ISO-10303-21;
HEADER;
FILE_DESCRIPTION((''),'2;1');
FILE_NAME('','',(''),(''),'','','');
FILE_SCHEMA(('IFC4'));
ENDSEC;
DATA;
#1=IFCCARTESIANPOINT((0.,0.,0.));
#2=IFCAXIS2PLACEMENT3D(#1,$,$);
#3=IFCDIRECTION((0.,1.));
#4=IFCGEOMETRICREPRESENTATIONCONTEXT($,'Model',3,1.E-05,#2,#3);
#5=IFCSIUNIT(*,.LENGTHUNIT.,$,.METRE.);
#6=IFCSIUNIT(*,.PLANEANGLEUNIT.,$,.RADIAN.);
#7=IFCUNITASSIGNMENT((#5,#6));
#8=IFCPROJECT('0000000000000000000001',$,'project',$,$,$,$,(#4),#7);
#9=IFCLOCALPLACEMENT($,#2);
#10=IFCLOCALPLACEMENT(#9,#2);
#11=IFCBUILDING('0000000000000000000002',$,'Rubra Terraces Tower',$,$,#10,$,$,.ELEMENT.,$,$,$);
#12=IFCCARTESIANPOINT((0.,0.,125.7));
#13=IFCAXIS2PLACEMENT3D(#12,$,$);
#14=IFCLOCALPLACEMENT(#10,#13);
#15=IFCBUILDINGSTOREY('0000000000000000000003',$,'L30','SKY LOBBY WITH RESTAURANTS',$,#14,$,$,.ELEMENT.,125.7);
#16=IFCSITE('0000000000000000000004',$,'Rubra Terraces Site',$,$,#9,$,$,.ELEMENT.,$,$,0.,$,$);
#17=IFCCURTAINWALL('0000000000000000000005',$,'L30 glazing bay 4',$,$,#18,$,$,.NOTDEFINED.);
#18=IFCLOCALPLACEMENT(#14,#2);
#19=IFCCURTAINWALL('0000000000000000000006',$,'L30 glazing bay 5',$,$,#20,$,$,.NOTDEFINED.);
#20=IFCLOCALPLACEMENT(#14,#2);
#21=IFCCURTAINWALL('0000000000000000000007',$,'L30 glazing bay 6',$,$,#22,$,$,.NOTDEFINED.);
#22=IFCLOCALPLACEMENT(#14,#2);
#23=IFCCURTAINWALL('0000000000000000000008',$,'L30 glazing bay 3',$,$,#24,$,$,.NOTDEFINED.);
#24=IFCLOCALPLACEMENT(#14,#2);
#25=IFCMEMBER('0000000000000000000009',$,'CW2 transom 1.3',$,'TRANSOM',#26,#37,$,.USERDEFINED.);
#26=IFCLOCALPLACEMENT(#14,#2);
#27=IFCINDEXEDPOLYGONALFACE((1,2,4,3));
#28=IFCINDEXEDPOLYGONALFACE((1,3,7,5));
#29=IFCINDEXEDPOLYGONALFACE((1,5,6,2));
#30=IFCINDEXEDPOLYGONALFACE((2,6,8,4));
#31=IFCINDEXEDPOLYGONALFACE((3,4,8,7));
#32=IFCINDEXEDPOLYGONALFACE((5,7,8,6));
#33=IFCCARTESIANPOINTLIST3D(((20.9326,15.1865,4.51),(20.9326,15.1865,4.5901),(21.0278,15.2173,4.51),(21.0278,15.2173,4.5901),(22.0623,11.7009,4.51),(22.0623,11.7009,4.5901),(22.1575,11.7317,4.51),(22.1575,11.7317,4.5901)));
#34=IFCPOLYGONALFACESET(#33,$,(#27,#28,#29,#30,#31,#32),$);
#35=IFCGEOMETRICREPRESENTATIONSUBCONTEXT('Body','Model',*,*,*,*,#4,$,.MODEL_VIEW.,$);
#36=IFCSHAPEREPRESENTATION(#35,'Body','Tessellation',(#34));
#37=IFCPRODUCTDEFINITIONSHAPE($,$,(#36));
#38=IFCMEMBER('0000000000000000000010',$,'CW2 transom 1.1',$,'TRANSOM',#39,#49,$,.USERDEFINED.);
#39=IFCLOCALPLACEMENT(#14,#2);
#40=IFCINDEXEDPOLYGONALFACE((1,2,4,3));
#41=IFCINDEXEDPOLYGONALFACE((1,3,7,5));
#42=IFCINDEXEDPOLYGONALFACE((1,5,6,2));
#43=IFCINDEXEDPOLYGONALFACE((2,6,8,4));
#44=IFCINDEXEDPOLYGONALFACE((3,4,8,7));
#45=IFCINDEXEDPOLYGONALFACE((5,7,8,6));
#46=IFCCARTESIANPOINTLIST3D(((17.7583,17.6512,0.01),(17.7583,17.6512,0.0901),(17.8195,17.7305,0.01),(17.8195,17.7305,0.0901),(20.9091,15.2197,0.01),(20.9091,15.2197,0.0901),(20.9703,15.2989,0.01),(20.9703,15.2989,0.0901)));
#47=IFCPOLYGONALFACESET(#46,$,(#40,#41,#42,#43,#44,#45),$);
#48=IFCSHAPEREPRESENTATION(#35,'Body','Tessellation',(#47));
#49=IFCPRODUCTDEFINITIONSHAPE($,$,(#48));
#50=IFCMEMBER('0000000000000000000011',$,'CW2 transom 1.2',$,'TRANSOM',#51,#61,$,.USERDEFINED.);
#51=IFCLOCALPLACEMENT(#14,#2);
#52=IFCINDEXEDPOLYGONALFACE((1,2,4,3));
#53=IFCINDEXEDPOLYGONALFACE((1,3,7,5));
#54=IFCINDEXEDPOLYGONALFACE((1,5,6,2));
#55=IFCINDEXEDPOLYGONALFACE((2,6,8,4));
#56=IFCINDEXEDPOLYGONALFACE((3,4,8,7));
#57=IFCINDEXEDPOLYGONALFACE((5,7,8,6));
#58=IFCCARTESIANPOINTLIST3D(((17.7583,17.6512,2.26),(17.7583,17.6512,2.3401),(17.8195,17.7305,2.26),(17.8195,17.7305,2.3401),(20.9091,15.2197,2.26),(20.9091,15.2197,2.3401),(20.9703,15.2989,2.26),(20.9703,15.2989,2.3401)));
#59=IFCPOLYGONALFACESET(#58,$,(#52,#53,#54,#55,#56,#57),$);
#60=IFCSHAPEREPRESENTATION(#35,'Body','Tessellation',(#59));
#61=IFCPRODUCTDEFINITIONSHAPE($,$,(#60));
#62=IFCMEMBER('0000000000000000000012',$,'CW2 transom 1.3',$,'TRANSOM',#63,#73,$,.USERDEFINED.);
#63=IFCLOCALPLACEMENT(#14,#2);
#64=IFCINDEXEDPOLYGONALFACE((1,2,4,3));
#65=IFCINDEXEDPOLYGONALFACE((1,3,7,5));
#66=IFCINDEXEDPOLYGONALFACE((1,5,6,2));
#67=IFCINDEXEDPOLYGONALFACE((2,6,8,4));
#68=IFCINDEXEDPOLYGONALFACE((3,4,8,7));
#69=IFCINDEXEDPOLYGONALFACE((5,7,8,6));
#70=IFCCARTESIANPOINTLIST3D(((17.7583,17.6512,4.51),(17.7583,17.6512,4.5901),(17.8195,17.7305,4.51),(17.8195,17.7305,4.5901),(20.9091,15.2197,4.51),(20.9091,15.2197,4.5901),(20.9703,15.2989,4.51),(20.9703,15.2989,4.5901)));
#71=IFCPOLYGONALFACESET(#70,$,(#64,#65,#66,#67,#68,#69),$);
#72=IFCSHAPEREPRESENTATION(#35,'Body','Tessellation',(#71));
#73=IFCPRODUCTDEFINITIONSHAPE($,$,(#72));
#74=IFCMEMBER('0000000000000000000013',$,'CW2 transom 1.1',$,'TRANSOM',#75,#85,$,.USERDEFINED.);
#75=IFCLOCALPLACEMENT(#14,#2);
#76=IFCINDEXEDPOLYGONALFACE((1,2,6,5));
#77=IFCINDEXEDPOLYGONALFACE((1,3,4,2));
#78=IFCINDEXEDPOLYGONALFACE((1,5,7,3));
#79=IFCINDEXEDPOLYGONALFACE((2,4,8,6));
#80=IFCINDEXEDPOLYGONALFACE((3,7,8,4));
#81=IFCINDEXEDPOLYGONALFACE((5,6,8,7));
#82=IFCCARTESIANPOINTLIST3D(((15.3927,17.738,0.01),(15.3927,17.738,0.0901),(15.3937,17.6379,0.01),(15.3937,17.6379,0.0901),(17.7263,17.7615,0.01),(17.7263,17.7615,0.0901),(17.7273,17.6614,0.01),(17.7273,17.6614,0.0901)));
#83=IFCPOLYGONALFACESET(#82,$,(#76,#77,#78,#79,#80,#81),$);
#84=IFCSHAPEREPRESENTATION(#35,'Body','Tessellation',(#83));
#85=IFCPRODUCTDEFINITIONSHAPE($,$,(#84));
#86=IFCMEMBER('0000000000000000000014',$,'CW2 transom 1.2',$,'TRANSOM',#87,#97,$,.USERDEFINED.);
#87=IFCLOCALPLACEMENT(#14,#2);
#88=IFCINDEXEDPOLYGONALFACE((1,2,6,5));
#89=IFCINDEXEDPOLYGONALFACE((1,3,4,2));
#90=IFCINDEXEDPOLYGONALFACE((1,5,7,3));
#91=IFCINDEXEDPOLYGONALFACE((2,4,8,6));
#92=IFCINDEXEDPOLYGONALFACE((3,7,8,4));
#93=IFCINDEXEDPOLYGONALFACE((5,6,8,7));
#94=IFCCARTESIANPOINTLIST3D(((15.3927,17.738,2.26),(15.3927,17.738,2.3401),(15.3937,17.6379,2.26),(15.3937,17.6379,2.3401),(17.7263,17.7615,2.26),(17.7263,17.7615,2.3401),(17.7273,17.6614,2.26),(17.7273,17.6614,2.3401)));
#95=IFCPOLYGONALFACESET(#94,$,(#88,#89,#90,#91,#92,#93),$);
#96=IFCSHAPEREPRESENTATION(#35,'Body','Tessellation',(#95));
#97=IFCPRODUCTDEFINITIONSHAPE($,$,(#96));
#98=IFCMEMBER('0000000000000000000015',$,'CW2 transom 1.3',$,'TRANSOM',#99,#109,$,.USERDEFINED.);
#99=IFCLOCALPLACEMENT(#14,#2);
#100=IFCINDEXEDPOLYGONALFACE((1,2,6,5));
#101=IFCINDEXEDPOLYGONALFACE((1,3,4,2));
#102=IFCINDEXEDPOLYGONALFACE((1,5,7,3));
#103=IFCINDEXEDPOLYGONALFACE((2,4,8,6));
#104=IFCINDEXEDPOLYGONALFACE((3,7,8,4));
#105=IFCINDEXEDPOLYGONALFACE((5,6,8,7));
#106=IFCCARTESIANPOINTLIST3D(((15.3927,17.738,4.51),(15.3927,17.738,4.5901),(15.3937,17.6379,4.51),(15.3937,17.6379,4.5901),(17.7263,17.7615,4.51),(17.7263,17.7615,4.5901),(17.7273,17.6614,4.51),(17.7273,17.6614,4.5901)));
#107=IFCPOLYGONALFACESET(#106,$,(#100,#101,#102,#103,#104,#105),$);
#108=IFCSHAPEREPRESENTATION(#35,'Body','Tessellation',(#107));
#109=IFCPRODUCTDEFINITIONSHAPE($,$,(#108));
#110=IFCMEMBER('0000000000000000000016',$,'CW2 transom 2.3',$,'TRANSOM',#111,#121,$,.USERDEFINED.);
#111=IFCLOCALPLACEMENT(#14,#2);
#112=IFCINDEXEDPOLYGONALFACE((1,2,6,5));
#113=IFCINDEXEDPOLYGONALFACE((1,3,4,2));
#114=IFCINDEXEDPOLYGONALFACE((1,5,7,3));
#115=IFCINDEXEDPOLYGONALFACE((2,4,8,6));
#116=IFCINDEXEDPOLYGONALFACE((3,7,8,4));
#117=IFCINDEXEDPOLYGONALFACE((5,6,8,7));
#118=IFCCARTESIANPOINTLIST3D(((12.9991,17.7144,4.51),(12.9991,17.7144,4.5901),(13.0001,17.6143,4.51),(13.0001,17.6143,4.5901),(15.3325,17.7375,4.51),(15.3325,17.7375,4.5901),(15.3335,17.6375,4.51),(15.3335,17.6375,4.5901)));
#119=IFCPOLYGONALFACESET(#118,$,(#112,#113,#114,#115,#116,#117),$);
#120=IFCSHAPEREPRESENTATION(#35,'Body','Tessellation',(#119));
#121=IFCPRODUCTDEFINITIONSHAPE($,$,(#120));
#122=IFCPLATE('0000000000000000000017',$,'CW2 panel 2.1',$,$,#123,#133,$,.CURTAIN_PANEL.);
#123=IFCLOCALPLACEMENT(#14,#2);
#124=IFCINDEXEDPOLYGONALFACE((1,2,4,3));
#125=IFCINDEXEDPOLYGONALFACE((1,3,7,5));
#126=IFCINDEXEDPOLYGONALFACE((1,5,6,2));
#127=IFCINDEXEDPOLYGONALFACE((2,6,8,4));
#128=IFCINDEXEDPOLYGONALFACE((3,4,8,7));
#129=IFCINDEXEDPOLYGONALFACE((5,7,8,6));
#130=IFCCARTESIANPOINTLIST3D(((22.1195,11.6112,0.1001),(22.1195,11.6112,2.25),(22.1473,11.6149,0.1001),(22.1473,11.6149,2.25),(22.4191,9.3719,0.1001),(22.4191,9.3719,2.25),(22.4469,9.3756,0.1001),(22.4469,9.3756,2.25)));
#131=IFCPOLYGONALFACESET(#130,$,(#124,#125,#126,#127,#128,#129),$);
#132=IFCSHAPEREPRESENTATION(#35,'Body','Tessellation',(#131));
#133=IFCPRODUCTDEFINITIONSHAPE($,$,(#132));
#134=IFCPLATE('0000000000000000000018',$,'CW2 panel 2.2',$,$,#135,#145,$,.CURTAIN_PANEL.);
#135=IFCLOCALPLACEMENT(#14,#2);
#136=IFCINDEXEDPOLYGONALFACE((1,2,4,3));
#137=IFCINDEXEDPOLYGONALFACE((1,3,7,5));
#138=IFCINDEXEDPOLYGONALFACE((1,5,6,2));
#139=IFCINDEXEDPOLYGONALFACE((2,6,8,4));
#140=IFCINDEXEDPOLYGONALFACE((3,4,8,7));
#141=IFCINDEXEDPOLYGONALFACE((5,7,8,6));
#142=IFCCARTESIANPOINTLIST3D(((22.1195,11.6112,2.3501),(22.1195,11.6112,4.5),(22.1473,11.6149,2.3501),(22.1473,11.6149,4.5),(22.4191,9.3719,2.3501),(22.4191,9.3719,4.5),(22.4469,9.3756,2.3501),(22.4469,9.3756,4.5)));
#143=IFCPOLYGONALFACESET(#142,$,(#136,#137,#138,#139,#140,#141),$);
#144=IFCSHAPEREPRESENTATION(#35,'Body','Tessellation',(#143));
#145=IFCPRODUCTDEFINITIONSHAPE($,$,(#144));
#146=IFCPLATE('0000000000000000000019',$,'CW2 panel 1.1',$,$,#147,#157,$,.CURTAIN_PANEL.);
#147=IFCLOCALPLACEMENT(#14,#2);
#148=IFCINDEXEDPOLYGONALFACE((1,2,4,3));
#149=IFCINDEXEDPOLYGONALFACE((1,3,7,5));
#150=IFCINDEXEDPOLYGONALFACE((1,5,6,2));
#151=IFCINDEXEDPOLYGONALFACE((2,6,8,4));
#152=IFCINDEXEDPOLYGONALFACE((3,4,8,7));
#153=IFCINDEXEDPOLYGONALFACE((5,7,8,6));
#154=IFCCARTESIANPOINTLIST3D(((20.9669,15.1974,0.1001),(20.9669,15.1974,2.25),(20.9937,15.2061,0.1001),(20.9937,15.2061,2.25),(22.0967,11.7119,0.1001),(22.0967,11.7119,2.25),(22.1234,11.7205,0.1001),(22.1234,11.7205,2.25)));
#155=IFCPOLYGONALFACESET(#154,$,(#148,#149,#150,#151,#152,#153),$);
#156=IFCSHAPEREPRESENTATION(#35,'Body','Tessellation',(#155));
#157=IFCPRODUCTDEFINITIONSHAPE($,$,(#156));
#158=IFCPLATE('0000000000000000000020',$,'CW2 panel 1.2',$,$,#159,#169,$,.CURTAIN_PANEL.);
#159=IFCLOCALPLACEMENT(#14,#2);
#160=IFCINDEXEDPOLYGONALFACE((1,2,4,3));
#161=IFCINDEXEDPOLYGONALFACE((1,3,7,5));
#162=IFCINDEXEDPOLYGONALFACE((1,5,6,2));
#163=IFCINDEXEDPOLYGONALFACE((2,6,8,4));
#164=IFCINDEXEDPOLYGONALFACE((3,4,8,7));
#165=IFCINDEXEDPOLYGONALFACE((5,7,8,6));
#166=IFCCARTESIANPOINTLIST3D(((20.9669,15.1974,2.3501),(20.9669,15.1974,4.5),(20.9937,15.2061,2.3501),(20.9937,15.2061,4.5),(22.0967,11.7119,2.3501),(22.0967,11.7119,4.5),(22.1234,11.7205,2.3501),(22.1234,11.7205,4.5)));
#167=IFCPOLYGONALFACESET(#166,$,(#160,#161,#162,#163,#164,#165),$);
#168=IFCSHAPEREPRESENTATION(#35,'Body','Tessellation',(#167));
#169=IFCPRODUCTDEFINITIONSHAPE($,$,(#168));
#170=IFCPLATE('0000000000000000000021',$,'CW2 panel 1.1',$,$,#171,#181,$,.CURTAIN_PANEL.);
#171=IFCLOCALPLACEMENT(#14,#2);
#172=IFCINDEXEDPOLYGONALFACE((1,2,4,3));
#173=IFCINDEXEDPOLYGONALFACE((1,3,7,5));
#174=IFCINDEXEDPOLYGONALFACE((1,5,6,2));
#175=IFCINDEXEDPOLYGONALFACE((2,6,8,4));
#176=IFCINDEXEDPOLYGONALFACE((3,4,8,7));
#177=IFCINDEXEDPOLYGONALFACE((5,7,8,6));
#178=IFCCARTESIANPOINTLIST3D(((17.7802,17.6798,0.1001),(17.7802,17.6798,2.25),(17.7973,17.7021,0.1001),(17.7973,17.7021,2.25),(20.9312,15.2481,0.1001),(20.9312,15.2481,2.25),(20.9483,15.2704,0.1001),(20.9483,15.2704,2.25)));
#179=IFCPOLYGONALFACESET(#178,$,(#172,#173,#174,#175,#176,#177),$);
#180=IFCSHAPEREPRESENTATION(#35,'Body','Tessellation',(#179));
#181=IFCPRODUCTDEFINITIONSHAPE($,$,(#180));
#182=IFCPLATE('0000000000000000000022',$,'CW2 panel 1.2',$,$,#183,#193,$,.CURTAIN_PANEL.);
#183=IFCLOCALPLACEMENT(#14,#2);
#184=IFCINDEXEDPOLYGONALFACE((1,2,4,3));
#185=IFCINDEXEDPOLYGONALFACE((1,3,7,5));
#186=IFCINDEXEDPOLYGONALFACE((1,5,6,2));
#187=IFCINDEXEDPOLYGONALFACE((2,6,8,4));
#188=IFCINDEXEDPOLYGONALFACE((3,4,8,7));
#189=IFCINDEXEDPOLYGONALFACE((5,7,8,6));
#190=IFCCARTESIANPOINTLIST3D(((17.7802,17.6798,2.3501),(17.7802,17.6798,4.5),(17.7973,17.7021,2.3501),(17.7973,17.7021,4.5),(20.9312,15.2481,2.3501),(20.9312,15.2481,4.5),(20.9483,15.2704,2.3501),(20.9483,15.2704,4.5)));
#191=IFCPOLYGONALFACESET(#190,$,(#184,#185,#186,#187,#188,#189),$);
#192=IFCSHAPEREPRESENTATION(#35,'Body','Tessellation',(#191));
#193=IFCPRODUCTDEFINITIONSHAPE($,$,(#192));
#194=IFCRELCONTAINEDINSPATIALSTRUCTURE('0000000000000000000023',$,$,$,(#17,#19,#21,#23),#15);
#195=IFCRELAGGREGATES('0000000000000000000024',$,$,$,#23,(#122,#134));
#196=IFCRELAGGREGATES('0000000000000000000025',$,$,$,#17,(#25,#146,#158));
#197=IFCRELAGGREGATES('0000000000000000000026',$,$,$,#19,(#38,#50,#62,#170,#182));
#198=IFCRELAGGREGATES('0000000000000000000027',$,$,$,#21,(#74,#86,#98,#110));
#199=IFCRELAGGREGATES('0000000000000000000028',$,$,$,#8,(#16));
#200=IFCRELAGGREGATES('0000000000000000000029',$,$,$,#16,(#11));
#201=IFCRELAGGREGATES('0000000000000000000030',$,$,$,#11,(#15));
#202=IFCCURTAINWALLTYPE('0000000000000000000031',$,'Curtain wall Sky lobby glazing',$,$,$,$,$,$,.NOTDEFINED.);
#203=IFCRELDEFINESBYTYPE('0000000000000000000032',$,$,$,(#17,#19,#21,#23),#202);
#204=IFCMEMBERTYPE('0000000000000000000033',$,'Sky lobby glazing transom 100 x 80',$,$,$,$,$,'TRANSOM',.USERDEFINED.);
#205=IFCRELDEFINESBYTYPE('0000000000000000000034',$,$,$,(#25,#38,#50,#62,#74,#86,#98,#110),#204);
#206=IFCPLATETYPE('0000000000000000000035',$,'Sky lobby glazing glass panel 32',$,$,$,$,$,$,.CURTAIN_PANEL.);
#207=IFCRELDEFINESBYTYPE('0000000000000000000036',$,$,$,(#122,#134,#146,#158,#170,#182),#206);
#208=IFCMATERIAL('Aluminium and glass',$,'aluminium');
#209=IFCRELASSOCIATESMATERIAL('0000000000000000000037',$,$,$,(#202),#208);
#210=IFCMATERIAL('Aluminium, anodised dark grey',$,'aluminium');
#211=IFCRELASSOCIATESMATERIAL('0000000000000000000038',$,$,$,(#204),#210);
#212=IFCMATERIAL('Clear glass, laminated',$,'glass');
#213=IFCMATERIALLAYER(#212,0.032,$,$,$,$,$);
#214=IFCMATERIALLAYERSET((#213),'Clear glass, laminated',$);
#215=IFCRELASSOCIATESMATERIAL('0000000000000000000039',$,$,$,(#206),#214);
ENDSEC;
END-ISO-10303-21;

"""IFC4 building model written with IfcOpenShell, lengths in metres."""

from ifc_helpers import new_model, si_unit, direction, frame, origin, origin_2d, place, context, subcontext, project, spatial, rectangle, extrude, material, layer, layer_set, material_profile, profile_set, type_object, element, aggregate, save


model = new_model("IFC4")

# Units and contexts
model_context = context("Model", 3, precision=1e-05, world=origin(), true_north=direction((0.0, 1.0)))
body_context = subcontext(model_context, "Body", "Model", "MODEL_VIEW")
ifc_project = project(units=[si_unit("LENGTHUNIT", "METRE"), si_unit("PLANEANGLEUNIT", "RADIAN")], contexts=[model_context])

# Site, building, storey
site_placement = place(None, origin())
site = spatial("IfcSite", under=ifc_project, at=site_placement, Name="Rubra Terraces Site", CompositionType="ELEMENT", RefElevation=0.0)
building_placement = place(site_placement, origin())
building = spatial("IfcBuilding", under=site, at=building_placement, Name="Rubra Terraces Tower", CompositionType="ELEMENT")
storey_placement = place(building_placement, frame((0.0, 0.0, 125.7)))
storey = spatial("IfcBuildingStorey", under=building, at=storey_placement, Name="L30", Description="SKY LOBBY WITH RESTAURANTS", CompositionType="ELEMENT", Elevation=125.7)

# Curtain walls
ifc_material_1 = material(Name="Aluminium and glass", Category="aluminium")
curtain_wall_type = type_object("IfcCurtainWallType", Name="Curtain wall Sky lobby glazing", PredefinedType="NOTDEFINED", material=ifc_material_1)
curtain_wall_1_placement = place(storey_placement, origin())
curtain_wall_1 = element("IfcCurtainWall", 1, at=curtain_wall_1_placement, inside=storey, type_object=curtain_wall_type, Name="L30 glazing bay 4", PredefinedType="NOTDEFINED")
ifc_material_2 = material(Name="Aluminium, anodised dark grey", Category="aluminium")
curtain_wall_2_placement = place(storey_placement, origin())
curtain_wall_2 = element("IfcCurtainWall", 2, at=curtain_wall_2_placement, inside=storey, type_object=curtain_wall_type, Name="L30 glazing bay 5", PredefinedType="NOTDEFINED")

# Curtain wall
curtain_wall_3_placement = place(storey_placement, origin())
curtain_wall_3 = element("IfcCurtainWall", 3, at=curtain_wall_3_placement, inside=storey, type_object=curtain_wall_type, Name="L30 glazing bay 6", PredefinedType="NOTDEFINED")

# Curtain wall
curtain_wall_4_placement = place(storey_placement, origin())
curtain_wall_4 = element("IfcCurtainWall", 4, at=curtain_wall_4_placement, inside=storey, type_object=curtain_wall_type, Name="L30 glazing bay 3", PredefinedType="NOTDEFINED")
ifc_material_profile_1 = material_profile(ifc_material_2, rectangle(XDim=0.1001, YDim=0.0801, at=origin_2d()), Name="AL 100x80")
ifc_profile_set_1 = profile_set([ifc_material_profile_1], Name="Aluminium, anodised dark grey")
member_type_1 = type_object("IfcMemberType", Name="Sky lobby glazing transom 100 x 80", ElementType="TRANSOM", PredefinedType="USERDEFINED", material=ifc_profile_set_1)

# Members
member_1_placement = place(storey_placement, frame((22.1099, 11.7163, 4.55), z_axis=(-0.308301, 0.951289, 0.0), x_axis=(-0.951289, -0.308301, 0.0)))
member_1 = element("IfcMember", 5, at=member_1_placement, type_object=member_type_1, Name="CW2 transom 1.3", ObjectType="TRANSOM", PredefinedType="USERDEFINED", context=body_context, shape_type="SweptSolid", body=[
    extrude(rectangle(XDim=0.1001, YDim=0.0801, at=origin_2d()), origin(), (0.0, 0.0, 1.0), 3.6641),
])
member_2_placement = place(storey_placement, frame((20.9397, 15.2593, 0.05), z_axis=(-0.791665, 0.610955, 0.0), x_axis=(-0.610955, -0.791665, 0.0)))
member_2 = element("IfcMember", 6, at=member_2_placement, type_object=member_type_1, Name="CW2 transom 1.1", ObjectType="TRANSOM", PredefinedType="USERDEFINED", context=body_context, shape_type="SweptSolid", body=[
    extrude(rectangle(XDim=0.1001, YDim=0.0801, at=origin_2d()), origin(), (0.0, 0.0, 1.0), 3.98),
])
member_3_placement = place(storey_placement, frame((20.9397, 15.2593, 2.3), z_axis=(-0.791665, 0.610955, 0.0), x_axis=(-0.610955, -0.791665, 0.0)))
member_3 = element("IfcMember", 7, at=member_3_placement, type_object=member_type_1, Name="CW2 transom 1.2", ObjectType="TRANSOM", PredefinedType="USERDEFINED", context=body_context, shape_type="SweptSolid", body=[
    extrude(rectangle(XDim=0.1001, YDim=0.0801, at=origin_2d()), origin(), (0.0, 0.0, 1.0), 3.98),
])
member_4_placement = place(storey_placement, frame((20.9397, 15.2593, 4.55), z_axis=(-0.791665, 0.610955, 0.0), x_axis=(-0.610955, -0.791665, 0.0)))
member_4 = element("IfcMember", 8, at=member_4_placement, type_object=member_type_1, Name="CW2 transom 1.3", ObjectType="TRANSOM", PredefinedType="USERDEFINED", context=body_context, shape_type="SweptSolid", body=[
    extrude(rectangle(XDim=0.1001, YDim=0.0801, at=origin_2d()), origin(), (0.0, 0.0, 1.0), 3.98),
])
member_5_placement = place(storey_placement, frame((17.7268, 17.7114, 0.05), z_axis=(-0.99995, -0.010042, 0.0), x_axis=(0.010042, -0.99995, 0.0)))
member_5 = element("IfcMember", 9, at=member_5_placement, type_object=member_type_1, Name="CW2 transom 1.1", ObjectType="TRANSOM", PredefinedType="USERDEFINED", context=body_context, shape_type="SweptSolid", body=[
    extrude(rectangle(XDim=0.1001, YDim=0.0801, at=origin_2d()), origin(), (0.0, 0.0, 1.0), 2.3337),
])
member_6_placement = place(storey_placement, frame((17.7268, 17.7114, 2.3), z_axis=(-0.99995, -0.010042, 0.0), x_axis=(0.010042, -0.99995, 0.0)))
member_6 = element("IfcMember", 10, at=member_6_placement, type_object=member_type_1, Name="CW2 transom 1.2", ObjectType="TRANSOM", PredefinedType="USERDEFINED", context=body_context, shape_type="SweptSolid", body=[
    extrude(rectangle(XDim=0.1001, YDim=0.0801, at=origin_2d()), origin(), (0.0, 0.0, 1.0), 2.3337),
])
member_7_placement = place(storey_placement, frame((17.7268, 17.7114, 4.55), z_axis=(-0.99995, -0.010042, 0.0), x_axis=(0.010042, -0.99995, 0.0)))
member_7 = element("IfcMember", 11, at=member_7_placement, type_object=member_type_1, Name="CW2 transom 1.3", ObjectType="TRANSOM", PredefinedType="USERDEFINED", context=body_context, shape_type="SweptSolid", body=[
    extrude(rectangle(XDim=0.1001, YDim=0.0801, at=origin_2d()), origin(), (0.0, 0.0, 1.0), 2.3337),
])
member_8_placement = place(storey_placement, frame((15.333, 17.6875, 4.55), z_axis=(-0.999951, -0.009939, 0.0), x_axis=(0.009939, -0.999951, 0.0)))
member_8 = element("IfcMember", 12, at=member_8_placement, type_object=member_type_1, Name="CW2 transom 2.3", ObjectType="TRANSOM", PredefinedType="USERDEFINED", context=body_context, shape_type="SweptSolid", body=[
    extrude(rectangle(XDim=0.1001, YDim=0.0801, at=origin_2d()), origin(), (0.0, 0.0, 1.0), 2.3335),
])

# Plates
ifc_material_3 = material(Name="Clear glass, laminated", Category="glass")
ifc_layer_1 = layer(ifc_material_3, 0.032)
ifc_layer_set_1 = layer_set([ifc_layer_1], Name="Clear glass, laminated")
plate_type = type_object("IfcPlateType", Name="Sky lobby glazing glass panel 32", PredefinedType="CURTAIN_PANEL", material=ifc_layer_set_1)
plate_1_placement = place(storey_placement, frame((22.2832, 10.4934, 0.1001), z_axis=(0.0, 0.0, 1.0), x_axis=(-0.132608, 0.991169, 0.0)))
plate_1 = element("IfcPlate", 13, at=plate_1_placement, type_object=plate_type, Name="CW2 panel 2.1", PredefinedType="CURTAIN_PANEL", context=body_context, shape_type="SweptSolid", body=[
    extrude(rectangle(XDim=2.2593, YDim=0.0281, at=origin_2d()), origin(), (0.0, 0.0, 1.0), 2.1499),
])
plate_2_placement = place(storey_placement, frame((22.2832, 10.4934, 2.3501), z_axis=(0.0, 0.0, 1.0), x_axis=(-0.132608, 0.991169, 0.0)))
plate_2 = element("IfcPlate", 14, at=plate_2_placement, type_object=plate_type, Name="CW2 panel 2.2", PredefinedType="CURTAIN_PANEL", context=body_context, shape_type="SweptSolid", body=[
    extrude(rectangle(XDim=2.2593, YDim=0.0281, at=origin_2d()), origin(), (0.0, 0.0, 1.0), 2.1499),
])
aggregate(curtain_wall_4, [plate_1, plate_2])
plate_3_placement = place(storey_placement, frame((21.5452, 13.459, 0.1001), z_axis=(0.0, 0.0, 1.0), x_axis=(-0.308328, 0.95128, 0.0)))
plate_3 = element("IfcPlate", 15, at=plate_3_placement, type_object=plate_type, Name="CW2 panel 1.1", PredefinedType="CURTAIN_PANEL", context=body_context, shape_type="SweptSolid", body=[
    extrude(rectangle(XDim=3.6641, YDim=0.0281, at=origin_2d()), origin(), (0.0, 0.0, 1.0), 2.1499),
])
plate_4_placement = place(storey_placement, frame((21.5452, 13.459, 2.3501), z_axis=(0.0, 0.0, 1.0), x_axis=(-0.308328, 0.95128, 0.0)))
plate_4 = element("IfcPlate", 16, at=plate_4_placement, type_object=plate_type, Name="CW2 panel 1.2", PredefinedType="CURTAIN_PANEL", context=body_context, shape_type="SweptSolid", body=[
    extrude(rectangle(XDim=3.6641, YDim=0.0281, at=origin_2d()), origin(), (0.0, 0.0, 1.0), 2.1499),
])
aggregate(curtain_wall_1, [member_1, plate_3, plate_4])
plate_5_placement = place(storey_placement, frame((19.3643, 16.4751, 0.1001), z_axis=(0.0, 0.0, 1.0), x_axis=(-0.791671, 0.610948, 0.0)))
plate_5 = element("IfcPlate", 17, at=plate_5_placement, type_object=plate_type, Name="CW2 panel 1.1", PredefinedType="CURTAIN_PANEL", context=body_context, shape_type="SweptSolid", body=[
    extrude(rectangle(XDim=3.9802, YDim=0.0281, at=origin_2d()), origin(), (0.0, 0.0, 1.0), 2.1499),
])
plate_6_placement = place(storey_placement, frame((19.3643, 16.4751, 2.3501), z_axis=(0.0, 0.0, 1.0), x_axis=(-0.791671, 0.610948, 0.0)))
plate_6 = element("IfcPlate", 18, at=plate_6_placement, type_object=plate_type, Name="CW2 panel 1.2", PredefinedType="CURTAIN_PANEL", context=body_context, shape_type="SweptSolid", body=[
    extrude(rectangle(XDim=3.9802, YDim=0.0281, at=origin_2d()), origin(), (0.0, 0.0, 1.0), 2.1499),
])
aggregate(curtain_wall_2, [member_2, member_3, member_4, plate_5, plate_6])
aggregate(curtain_wall_3, [member_5, member_6, member_7, member_8])

save(model, "model.ifc")
